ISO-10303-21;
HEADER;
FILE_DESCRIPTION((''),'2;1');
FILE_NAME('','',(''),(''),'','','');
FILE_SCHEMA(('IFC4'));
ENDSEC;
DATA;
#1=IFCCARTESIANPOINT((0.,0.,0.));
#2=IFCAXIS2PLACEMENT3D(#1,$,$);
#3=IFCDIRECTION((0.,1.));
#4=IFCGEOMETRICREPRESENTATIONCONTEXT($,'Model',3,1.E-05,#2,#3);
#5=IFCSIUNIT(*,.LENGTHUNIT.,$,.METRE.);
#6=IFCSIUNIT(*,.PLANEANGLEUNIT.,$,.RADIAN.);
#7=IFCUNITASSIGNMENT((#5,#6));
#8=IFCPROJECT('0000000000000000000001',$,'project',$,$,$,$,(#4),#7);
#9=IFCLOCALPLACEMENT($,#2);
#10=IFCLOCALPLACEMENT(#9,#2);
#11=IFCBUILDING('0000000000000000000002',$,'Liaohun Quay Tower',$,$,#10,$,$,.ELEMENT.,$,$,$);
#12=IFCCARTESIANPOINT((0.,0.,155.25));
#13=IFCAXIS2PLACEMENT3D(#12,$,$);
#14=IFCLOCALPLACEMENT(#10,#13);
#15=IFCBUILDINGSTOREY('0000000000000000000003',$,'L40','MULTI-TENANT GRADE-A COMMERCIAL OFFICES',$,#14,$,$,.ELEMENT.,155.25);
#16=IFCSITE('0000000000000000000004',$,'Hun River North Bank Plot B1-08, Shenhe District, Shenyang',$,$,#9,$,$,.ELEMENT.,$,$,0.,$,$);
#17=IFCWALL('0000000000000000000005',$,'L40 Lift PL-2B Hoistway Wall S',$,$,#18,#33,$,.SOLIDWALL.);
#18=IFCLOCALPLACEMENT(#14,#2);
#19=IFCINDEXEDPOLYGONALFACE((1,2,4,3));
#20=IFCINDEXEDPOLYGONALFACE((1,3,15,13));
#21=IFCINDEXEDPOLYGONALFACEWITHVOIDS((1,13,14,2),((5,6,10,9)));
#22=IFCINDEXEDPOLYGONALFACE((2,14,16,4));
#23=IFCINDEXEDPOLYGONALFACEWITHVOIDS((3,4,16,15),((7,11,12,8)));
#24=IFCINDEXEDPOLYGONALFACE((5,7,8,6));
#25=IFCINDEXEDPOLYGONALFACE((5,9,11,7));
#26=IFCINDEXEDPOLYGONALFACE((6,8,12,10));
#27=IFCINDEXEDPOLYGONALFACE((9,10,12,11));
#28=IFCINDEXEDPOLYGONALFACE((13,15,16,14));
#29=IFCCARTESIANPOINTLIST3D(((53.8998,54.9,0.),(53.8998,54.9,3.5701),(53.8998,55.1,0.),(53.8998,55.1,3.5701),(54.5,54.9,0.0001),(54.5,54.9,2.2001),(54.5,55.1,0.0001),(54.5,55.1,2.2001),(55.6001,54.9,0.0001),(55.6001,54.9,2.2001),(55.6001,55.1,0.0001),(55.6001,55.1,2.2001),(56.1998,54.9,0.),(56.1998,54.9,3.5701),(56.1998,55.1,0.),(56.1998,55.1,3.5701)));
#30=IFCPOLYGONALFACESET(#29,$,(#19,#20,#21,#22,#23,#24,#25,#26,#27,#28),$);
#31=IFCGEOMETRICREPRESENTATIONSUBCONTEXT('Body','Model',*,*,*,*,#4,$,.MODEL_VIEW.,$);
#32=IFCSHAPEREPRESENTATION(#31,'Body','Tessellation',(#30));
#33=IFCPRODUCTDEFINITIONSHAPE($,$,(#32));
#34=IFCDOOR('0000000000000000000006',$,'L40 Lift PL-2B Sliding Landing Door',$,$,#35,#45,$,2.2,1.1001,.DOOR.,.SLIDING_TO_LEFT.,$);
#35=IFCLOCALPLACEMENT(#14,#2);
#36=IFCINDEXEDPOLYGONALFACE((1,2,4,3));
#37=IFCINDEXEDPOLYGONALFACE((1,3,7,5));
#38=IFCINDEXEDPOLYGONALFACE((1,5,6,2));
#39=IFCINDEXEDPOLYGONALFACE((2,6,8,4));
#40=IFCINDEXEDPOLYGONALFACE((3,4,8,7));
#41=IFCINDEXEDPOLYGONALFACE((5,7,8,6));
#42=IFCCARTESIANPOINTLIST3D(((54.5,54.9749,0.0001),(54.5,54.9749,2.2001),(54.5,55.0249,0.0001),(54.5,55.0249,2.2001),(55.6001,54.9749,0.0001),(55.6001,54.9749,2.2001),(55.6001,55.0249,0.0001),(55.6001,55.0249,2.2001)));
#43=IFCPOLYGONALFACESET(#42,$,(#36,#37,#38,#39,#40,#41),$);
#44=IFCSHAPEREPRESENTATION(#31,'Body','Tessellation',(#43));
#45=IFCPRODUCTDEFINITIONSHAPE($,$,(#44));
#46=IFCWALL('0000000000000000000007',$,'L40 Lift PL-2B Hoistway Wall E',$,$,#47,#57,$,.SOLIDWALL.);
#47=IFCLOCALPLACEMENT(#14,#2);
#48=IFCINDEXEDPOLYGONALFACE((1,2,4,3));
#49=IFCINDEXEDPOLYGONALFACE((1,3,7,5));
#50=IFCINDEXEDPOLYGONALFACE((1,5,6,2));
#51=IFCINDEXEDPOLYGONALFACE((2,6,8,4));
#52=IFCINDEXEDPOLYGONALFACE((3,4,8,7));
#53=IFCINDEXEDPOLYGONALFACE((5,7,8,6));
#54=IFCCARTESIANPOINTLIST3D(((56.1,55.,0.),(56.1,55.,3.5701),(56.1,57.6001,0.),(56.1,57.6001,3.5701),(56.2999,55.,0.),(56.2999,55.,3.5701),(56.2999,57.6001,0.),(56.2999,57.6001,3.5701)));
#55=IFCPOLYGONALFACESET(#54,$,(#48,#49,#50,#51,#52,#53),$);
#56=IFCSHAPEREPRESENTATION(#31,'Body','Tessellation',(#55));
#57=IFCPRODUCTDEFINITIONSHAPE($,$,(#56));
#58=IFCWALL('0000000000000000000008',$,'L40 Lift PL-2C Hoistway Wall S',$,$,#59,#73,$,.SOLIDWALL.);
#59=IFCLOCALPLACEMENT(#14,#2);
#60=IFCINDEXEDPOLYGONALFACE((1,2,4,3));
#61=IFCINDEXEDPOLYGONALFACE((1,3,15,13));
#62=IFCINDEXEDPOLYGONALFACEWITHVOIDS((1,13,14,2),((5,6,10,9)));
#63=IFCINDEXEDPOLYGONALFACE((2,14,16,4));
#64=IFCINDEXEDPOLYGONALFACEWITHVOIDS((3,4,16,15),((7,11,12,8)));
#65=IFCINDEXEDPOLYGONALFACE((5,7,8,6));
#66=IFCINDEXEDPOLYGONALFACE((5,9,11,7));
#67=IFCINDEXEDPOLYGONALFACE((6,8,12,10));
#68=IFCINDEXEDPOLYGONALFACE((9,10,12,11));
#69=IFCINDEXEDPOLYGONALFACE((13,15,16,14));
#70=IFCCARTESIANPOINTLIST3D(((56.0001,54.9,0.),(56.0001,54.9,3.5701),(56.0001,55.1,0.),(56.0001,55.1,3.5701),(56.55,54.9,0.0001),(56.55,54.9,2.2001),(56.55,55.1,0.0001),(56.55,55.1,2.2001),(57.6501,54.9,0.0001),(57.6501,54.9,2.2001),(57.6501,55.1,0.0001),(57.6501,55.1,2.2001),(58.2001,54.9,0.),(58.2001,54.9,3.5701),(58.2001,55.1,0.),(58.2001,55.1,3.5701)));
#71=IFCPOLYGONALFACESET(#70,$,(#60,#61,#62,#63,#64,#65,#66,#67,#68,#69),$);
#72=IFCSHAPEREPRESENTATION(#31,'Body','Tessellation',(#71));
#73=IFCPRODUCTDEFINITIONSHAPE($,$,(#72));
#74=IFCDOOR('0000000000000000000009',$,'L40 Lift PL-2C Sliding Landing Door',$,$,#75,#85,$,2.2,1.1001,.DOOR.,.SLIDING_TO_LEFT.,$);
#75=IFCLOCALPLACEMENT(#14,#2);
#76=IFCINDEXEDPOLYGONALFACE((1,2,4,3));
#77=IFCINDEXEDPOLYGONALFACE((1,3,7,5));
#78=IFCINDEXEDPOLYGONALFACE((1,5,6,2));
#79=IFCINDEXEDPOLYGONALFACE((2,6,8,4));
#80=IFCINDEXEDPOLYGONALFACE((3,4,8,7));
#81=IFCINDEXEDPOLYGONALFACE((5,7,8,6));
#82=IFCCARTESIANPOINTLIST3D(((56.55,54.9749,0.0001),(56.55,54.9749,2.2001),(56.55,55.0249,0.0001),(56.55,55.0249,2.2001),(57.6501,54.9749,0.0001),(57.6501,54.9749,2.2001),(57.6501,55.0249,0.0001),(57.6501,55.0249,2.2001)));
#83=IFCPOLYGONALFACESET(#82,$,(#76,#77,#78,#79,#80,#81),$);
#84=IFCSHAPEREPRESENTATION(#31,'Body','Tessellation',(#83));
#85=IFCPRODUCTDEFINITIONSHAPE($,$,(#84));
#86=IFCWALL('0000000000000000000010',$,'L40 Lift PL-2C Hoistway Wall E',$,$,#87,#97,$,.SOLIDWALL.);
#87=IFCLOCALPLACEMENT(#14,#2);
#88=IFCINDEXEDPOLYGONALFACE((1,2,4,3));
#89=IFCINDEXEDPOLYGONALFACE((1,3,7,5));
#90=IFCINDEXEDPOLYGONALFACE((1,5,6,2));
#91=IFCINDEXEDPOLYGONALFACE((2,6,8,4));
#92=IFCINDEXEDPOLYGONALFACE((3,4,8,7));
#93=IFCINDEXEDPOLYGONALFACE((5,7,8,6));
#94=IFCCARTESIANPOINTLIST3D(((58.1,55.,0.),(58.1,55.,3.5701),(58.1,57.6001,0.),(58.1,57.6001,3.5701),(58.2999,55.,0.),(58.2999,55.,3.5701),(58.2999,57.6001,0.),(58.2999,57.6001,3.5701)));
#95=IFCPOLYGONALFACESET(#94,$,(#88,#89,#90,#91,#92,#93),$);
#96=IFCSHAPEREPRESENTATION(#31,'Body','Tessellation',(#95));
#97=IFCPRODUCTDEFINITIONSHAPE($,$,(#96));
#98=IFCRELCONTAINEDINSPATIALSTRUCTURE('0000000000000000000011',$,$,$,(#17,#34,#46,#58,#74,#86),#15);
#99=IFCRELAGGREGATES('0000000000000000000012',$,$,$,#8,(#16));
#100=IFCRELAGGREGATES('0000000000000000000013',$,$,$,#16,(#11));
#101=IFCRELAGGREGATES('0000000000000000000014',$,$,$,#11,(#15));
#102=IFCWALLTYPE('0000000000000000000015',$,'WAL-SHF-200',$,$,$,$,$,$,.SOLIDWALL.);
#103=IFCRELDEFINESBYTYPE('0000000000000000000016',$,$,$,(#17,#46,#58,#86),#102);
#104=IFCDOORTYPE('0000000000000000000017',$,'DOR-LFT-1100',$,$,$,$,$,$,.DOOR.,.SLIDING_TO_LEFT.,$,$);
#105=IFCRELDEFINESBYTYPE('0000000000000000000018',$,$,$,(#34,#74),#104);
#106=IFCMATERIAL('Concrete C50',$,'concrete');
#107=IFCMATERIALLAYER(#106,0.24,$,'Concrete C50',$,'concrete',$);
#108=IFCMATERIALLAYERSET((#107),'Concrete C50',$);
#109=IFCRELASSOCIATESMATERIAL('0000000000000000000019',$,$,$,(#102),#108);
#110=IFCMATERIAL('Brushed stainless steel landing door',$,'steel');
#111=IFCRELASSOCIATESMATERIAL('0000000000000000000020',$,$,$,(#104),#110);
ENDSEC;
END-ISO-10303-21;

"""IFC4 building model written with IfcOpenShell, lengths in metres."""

from ifc_helpers import new_model, si_unit, direction, frame, frame_2d, origin, place, context, subcontext, project, spatial, rectangle, extrude, source, transform, mapped, material, layer, layer_set, type_object, element, fill, save


model = new_model("IFC4")

# Units and contexts
model_context = context("Model", 3, precision=1e-05, world=origin(), true_north=direction((0.0, 1.0)))
body_context = subcontext(model_context, "Body", "Model", "MODEL_VIEW")
ifc_project = project(units=[si_unit("LENGTHUNIT", "METRE"), si_unit("PLANEANGLEUNIT", "RADIAN")], contexts=[model_context])

# Site, building, storey
site_placement = place(None, origin())
site = spatial("IfcSite", under=ifc_project, at=site_placement, Name="Hun River North Bank Plot B1-08, Shenhe District, Shenyang", CompositionType="ELEMENT", RefElevation=0.0)
building_placement = place(site_placement, origin())
building = spatial("IfcBuilding", under=site, at=building_placement, Name="Liaohun Quay Tower", CompositionType="ELEMENT")
storey_placement = place(building_placement, frame((0.0, 0.0, 155.25)))
storey = spatial("IfcBuildingStorey", under=building, at=storey_placement, Name="L40", Description="MULTI-TENANT GRADE-A COMMERCIAL OFFICES", CompositionType="ELEMENT", Elevation=155.25)

# Shared definitions
ifc_material_1 = material(Name="Concrete C50", Category="concrete")
ifc_layer_1 = layer(ifc_material_1, 0.24, Name="Concrete C50", Category="concrete")
ifc_layer_set_1 = layer_set([ifc_layer_1], Name="Concrete C50")
wall_type_1 = type_object("IfcWallType", Name="WAL-SHF-200", PredefinedType="SOLIDWALL", material=ifc_layer_set_1)

# Wall, opening, door
wall_1_placement = place(storey_placement, frame((53.8999, 55.0, 0.0), z_axis=(0.0, 0.0, 1.0), x_axis=(1.0, 0.0, 0.0)))
wall_1 = element("IfcWall", 1, at=wall_1_placement, inside=storey, type_object=wall_type_1, Name="L40 Lift PL-2B Hoistway Wall S", PredefinedType="SOLIDWALL", context=body_context, shape_type="SweptSolid", body=[
    extrude(rectangle(XDim=2.3, YDim=0.2, at=frame_2d((1.1499, 0.0))), origin(), (0.0, 0.0, 1.0), 3.5701),
])
shared_shape_1 = source(origin(), body_context, "Body", "SweptSolid", [
    extrude(rectangle(XDim=1.1001, YDim=2.2, at=frame_2d((0.55, 1.1001))), frame((0.0, 0.1099, 0.0), z_axis=(0.0, -1.0, 0.0), x_axis=(1.0, 0.0, 0.0)), (0.0, 0.0, 1.0), 0.22),
])
opening_1_placement = place(wall_1_placement, frame((0.6001, 0.0, 0.0)))
opening_1 = element("IfcOpeningElement", 2, at=opening_1_placement, cuts=wall_1, PredefinedType="OPENING", context=body_context, shape_type="MappedRepresentation", body=[
    mapped(shared_shape_1, transform((0.0, 0.0, 0.0), x_axis=(1.0, 0.0, 0.0), y_axis=(0.0, 1.0, 0.0), z_axis=(0.0, 0.0, 1.0), scale=1.0)),
])
ifc_material_2 = material(Name="Brushed stainless steel landing door", Category="steel")
door_type_1 = type_object("IfcDoorType", Name="DOR-LFT-1100", OperationType="SLIDING_TO_LEFT", PredefinedType="DOOR", material=ifc_material_2)
shared_shape_2 = source(origin(), body_context, "Body", "SweptSolid", [
    extrude(rectangle(XDim=1.1001, YDim=2.2, at=frame_2d((0.55, 1.1001))), frame((0.0, 0.0249, 0.0), z_axis=(0.0, -1.0, 0.0), x_axis=(1.0, 0.0, 0.0)), (0.0, 0.0, 1.0), 0.05),
])
door_1_placement = place(opening_1_placement, origin())
door_1 = element("IfcDoor", 3, at=door_1_placement, inside=storey, type_object=door_type_1, Name="L40 Lift PL-2B Sliding Landing Door", OperationType="SLIDING_TO_LEFT", OverallHeight=2.2, OverallWidth=1.1001, PredefinedType="DOOR", context=body_context, shape_type="MappedRepresentation", body=[
    mapped(shared_shape_2, transform((0.0, 0.0, 0.0), x_axis=(1.0, 0.0, 0.0), y_axis=(0.0, 1.0, 0.0), z_axis=(0.0, 0.0, 1.0), scale=1.0)),
])
fill(opening_1, door_1)

# Wall
wall_2_placement = place(storey_placement, frame((56.2, 55.0, 0.0), z_axis=(0.0, 0.0, 1.0), x_axis=(0.0, 1.0, 0.0)))
element("IfcWall", 4, at=wall_2_placement, inside=storey, type_object=wall_type_1, Name="L40 Lift PL-2B Hoistway Wall E", PredefinedType="SOLIDWALL", context=body_context, shape_type="SweptSolid", body=[
    extrude(rectangle(XDim=2.6001, YDim=0.2, at=frame_2d((1.3, 0.0))), origin(), (0.0, 0.0, 1.0), 3.5701),
])

# Wall, opening, door
wall_3_placement = place(storey_placement, frame((56.0, 55.0, 0.0), z_axis=(0.0, 0.0, 1.0), x_axis=(1.0, 0.0, 0.0)))
wall_3 = element("IfcWall", 5, at=wall_3_placement, inside=storey, type_object=wall_type_1, Name="L40 Lift PL-2C Hoistway Wall S", PredefinedType="SOLIDWALL", context=body_context, shape_type="SweptSolid", body=[
    extrude(rectangle(XDim=2.2, YDim=0.2, at=frame_2d((1.1001, 0.0))), origin(), (0.0, 0.0, 1.0), 3.5701),
])
opening_2_placement = place(wall_3_placement, frame((0.55, 0.0, 0.0)))
opening_2 = element("IfcOpeningElement", 6, at=opening_2_placement, cuts=wall_3, PredefinedType="OPENING", context=body_context, shape_type="MappedRepresentation", body=[
    mapped(shared_shape_1, transform((0.0, 0.0, 0.0), x_axis=(1.0, 0.0, 0.0), y_axis=(0.0, 1.0, 0.0), z_axis=(0.0, 0.0, 1.0), scale=1.0)),
])
door_2_placement = place(opening_2_placement, origin())
door_2 = element("IfcDoor", 7, at=door_2_placement, inside=storey, type_object=door_type_1, Name="L40 Lift PL-2C Sliding Landing Door", OperationType="SLIDING_TO_LEFT", OverallHeight=2.2, OverallWidth=1.1001, PredefinedType="DOOR", context=body_context, shape_type="MappedRepresentation", body=[
    mapped(shared_shape_2, transform((0.0, 0.0, 0.0), x_axis=(1.0, 0.0, 0.0), y_axis=(0.0, 1.0, 0.0), z_axis=(0.0, 0.0, 1.0), scale=1.0)),
])
fill(opening_2, door_2)

# Wall
wall_4_placement = place(storey_placement, frame((58.2, 55.0, 0.0), z_axis=(0.0, 0.0, 1.0), x_axis=(0.0, 1.0, 0.0)))
element("IfcWall", 8, at=wall_4_placement, inside=storey, type_object=wall_type_1, Name="L40 Lift PL-2C Hoistway Wall E", PredefinedType="SOLIDWALL", context=body_context, shape_type="SweptSolid", body=[
    extrude(rectangle(XDim=2.6001, YDim=0.2, at=frame_2d((1.3, 0.0))), origin(), (0.0, 0.0, 1.0), 3.5701),
])

save(model, "model.ifc")
